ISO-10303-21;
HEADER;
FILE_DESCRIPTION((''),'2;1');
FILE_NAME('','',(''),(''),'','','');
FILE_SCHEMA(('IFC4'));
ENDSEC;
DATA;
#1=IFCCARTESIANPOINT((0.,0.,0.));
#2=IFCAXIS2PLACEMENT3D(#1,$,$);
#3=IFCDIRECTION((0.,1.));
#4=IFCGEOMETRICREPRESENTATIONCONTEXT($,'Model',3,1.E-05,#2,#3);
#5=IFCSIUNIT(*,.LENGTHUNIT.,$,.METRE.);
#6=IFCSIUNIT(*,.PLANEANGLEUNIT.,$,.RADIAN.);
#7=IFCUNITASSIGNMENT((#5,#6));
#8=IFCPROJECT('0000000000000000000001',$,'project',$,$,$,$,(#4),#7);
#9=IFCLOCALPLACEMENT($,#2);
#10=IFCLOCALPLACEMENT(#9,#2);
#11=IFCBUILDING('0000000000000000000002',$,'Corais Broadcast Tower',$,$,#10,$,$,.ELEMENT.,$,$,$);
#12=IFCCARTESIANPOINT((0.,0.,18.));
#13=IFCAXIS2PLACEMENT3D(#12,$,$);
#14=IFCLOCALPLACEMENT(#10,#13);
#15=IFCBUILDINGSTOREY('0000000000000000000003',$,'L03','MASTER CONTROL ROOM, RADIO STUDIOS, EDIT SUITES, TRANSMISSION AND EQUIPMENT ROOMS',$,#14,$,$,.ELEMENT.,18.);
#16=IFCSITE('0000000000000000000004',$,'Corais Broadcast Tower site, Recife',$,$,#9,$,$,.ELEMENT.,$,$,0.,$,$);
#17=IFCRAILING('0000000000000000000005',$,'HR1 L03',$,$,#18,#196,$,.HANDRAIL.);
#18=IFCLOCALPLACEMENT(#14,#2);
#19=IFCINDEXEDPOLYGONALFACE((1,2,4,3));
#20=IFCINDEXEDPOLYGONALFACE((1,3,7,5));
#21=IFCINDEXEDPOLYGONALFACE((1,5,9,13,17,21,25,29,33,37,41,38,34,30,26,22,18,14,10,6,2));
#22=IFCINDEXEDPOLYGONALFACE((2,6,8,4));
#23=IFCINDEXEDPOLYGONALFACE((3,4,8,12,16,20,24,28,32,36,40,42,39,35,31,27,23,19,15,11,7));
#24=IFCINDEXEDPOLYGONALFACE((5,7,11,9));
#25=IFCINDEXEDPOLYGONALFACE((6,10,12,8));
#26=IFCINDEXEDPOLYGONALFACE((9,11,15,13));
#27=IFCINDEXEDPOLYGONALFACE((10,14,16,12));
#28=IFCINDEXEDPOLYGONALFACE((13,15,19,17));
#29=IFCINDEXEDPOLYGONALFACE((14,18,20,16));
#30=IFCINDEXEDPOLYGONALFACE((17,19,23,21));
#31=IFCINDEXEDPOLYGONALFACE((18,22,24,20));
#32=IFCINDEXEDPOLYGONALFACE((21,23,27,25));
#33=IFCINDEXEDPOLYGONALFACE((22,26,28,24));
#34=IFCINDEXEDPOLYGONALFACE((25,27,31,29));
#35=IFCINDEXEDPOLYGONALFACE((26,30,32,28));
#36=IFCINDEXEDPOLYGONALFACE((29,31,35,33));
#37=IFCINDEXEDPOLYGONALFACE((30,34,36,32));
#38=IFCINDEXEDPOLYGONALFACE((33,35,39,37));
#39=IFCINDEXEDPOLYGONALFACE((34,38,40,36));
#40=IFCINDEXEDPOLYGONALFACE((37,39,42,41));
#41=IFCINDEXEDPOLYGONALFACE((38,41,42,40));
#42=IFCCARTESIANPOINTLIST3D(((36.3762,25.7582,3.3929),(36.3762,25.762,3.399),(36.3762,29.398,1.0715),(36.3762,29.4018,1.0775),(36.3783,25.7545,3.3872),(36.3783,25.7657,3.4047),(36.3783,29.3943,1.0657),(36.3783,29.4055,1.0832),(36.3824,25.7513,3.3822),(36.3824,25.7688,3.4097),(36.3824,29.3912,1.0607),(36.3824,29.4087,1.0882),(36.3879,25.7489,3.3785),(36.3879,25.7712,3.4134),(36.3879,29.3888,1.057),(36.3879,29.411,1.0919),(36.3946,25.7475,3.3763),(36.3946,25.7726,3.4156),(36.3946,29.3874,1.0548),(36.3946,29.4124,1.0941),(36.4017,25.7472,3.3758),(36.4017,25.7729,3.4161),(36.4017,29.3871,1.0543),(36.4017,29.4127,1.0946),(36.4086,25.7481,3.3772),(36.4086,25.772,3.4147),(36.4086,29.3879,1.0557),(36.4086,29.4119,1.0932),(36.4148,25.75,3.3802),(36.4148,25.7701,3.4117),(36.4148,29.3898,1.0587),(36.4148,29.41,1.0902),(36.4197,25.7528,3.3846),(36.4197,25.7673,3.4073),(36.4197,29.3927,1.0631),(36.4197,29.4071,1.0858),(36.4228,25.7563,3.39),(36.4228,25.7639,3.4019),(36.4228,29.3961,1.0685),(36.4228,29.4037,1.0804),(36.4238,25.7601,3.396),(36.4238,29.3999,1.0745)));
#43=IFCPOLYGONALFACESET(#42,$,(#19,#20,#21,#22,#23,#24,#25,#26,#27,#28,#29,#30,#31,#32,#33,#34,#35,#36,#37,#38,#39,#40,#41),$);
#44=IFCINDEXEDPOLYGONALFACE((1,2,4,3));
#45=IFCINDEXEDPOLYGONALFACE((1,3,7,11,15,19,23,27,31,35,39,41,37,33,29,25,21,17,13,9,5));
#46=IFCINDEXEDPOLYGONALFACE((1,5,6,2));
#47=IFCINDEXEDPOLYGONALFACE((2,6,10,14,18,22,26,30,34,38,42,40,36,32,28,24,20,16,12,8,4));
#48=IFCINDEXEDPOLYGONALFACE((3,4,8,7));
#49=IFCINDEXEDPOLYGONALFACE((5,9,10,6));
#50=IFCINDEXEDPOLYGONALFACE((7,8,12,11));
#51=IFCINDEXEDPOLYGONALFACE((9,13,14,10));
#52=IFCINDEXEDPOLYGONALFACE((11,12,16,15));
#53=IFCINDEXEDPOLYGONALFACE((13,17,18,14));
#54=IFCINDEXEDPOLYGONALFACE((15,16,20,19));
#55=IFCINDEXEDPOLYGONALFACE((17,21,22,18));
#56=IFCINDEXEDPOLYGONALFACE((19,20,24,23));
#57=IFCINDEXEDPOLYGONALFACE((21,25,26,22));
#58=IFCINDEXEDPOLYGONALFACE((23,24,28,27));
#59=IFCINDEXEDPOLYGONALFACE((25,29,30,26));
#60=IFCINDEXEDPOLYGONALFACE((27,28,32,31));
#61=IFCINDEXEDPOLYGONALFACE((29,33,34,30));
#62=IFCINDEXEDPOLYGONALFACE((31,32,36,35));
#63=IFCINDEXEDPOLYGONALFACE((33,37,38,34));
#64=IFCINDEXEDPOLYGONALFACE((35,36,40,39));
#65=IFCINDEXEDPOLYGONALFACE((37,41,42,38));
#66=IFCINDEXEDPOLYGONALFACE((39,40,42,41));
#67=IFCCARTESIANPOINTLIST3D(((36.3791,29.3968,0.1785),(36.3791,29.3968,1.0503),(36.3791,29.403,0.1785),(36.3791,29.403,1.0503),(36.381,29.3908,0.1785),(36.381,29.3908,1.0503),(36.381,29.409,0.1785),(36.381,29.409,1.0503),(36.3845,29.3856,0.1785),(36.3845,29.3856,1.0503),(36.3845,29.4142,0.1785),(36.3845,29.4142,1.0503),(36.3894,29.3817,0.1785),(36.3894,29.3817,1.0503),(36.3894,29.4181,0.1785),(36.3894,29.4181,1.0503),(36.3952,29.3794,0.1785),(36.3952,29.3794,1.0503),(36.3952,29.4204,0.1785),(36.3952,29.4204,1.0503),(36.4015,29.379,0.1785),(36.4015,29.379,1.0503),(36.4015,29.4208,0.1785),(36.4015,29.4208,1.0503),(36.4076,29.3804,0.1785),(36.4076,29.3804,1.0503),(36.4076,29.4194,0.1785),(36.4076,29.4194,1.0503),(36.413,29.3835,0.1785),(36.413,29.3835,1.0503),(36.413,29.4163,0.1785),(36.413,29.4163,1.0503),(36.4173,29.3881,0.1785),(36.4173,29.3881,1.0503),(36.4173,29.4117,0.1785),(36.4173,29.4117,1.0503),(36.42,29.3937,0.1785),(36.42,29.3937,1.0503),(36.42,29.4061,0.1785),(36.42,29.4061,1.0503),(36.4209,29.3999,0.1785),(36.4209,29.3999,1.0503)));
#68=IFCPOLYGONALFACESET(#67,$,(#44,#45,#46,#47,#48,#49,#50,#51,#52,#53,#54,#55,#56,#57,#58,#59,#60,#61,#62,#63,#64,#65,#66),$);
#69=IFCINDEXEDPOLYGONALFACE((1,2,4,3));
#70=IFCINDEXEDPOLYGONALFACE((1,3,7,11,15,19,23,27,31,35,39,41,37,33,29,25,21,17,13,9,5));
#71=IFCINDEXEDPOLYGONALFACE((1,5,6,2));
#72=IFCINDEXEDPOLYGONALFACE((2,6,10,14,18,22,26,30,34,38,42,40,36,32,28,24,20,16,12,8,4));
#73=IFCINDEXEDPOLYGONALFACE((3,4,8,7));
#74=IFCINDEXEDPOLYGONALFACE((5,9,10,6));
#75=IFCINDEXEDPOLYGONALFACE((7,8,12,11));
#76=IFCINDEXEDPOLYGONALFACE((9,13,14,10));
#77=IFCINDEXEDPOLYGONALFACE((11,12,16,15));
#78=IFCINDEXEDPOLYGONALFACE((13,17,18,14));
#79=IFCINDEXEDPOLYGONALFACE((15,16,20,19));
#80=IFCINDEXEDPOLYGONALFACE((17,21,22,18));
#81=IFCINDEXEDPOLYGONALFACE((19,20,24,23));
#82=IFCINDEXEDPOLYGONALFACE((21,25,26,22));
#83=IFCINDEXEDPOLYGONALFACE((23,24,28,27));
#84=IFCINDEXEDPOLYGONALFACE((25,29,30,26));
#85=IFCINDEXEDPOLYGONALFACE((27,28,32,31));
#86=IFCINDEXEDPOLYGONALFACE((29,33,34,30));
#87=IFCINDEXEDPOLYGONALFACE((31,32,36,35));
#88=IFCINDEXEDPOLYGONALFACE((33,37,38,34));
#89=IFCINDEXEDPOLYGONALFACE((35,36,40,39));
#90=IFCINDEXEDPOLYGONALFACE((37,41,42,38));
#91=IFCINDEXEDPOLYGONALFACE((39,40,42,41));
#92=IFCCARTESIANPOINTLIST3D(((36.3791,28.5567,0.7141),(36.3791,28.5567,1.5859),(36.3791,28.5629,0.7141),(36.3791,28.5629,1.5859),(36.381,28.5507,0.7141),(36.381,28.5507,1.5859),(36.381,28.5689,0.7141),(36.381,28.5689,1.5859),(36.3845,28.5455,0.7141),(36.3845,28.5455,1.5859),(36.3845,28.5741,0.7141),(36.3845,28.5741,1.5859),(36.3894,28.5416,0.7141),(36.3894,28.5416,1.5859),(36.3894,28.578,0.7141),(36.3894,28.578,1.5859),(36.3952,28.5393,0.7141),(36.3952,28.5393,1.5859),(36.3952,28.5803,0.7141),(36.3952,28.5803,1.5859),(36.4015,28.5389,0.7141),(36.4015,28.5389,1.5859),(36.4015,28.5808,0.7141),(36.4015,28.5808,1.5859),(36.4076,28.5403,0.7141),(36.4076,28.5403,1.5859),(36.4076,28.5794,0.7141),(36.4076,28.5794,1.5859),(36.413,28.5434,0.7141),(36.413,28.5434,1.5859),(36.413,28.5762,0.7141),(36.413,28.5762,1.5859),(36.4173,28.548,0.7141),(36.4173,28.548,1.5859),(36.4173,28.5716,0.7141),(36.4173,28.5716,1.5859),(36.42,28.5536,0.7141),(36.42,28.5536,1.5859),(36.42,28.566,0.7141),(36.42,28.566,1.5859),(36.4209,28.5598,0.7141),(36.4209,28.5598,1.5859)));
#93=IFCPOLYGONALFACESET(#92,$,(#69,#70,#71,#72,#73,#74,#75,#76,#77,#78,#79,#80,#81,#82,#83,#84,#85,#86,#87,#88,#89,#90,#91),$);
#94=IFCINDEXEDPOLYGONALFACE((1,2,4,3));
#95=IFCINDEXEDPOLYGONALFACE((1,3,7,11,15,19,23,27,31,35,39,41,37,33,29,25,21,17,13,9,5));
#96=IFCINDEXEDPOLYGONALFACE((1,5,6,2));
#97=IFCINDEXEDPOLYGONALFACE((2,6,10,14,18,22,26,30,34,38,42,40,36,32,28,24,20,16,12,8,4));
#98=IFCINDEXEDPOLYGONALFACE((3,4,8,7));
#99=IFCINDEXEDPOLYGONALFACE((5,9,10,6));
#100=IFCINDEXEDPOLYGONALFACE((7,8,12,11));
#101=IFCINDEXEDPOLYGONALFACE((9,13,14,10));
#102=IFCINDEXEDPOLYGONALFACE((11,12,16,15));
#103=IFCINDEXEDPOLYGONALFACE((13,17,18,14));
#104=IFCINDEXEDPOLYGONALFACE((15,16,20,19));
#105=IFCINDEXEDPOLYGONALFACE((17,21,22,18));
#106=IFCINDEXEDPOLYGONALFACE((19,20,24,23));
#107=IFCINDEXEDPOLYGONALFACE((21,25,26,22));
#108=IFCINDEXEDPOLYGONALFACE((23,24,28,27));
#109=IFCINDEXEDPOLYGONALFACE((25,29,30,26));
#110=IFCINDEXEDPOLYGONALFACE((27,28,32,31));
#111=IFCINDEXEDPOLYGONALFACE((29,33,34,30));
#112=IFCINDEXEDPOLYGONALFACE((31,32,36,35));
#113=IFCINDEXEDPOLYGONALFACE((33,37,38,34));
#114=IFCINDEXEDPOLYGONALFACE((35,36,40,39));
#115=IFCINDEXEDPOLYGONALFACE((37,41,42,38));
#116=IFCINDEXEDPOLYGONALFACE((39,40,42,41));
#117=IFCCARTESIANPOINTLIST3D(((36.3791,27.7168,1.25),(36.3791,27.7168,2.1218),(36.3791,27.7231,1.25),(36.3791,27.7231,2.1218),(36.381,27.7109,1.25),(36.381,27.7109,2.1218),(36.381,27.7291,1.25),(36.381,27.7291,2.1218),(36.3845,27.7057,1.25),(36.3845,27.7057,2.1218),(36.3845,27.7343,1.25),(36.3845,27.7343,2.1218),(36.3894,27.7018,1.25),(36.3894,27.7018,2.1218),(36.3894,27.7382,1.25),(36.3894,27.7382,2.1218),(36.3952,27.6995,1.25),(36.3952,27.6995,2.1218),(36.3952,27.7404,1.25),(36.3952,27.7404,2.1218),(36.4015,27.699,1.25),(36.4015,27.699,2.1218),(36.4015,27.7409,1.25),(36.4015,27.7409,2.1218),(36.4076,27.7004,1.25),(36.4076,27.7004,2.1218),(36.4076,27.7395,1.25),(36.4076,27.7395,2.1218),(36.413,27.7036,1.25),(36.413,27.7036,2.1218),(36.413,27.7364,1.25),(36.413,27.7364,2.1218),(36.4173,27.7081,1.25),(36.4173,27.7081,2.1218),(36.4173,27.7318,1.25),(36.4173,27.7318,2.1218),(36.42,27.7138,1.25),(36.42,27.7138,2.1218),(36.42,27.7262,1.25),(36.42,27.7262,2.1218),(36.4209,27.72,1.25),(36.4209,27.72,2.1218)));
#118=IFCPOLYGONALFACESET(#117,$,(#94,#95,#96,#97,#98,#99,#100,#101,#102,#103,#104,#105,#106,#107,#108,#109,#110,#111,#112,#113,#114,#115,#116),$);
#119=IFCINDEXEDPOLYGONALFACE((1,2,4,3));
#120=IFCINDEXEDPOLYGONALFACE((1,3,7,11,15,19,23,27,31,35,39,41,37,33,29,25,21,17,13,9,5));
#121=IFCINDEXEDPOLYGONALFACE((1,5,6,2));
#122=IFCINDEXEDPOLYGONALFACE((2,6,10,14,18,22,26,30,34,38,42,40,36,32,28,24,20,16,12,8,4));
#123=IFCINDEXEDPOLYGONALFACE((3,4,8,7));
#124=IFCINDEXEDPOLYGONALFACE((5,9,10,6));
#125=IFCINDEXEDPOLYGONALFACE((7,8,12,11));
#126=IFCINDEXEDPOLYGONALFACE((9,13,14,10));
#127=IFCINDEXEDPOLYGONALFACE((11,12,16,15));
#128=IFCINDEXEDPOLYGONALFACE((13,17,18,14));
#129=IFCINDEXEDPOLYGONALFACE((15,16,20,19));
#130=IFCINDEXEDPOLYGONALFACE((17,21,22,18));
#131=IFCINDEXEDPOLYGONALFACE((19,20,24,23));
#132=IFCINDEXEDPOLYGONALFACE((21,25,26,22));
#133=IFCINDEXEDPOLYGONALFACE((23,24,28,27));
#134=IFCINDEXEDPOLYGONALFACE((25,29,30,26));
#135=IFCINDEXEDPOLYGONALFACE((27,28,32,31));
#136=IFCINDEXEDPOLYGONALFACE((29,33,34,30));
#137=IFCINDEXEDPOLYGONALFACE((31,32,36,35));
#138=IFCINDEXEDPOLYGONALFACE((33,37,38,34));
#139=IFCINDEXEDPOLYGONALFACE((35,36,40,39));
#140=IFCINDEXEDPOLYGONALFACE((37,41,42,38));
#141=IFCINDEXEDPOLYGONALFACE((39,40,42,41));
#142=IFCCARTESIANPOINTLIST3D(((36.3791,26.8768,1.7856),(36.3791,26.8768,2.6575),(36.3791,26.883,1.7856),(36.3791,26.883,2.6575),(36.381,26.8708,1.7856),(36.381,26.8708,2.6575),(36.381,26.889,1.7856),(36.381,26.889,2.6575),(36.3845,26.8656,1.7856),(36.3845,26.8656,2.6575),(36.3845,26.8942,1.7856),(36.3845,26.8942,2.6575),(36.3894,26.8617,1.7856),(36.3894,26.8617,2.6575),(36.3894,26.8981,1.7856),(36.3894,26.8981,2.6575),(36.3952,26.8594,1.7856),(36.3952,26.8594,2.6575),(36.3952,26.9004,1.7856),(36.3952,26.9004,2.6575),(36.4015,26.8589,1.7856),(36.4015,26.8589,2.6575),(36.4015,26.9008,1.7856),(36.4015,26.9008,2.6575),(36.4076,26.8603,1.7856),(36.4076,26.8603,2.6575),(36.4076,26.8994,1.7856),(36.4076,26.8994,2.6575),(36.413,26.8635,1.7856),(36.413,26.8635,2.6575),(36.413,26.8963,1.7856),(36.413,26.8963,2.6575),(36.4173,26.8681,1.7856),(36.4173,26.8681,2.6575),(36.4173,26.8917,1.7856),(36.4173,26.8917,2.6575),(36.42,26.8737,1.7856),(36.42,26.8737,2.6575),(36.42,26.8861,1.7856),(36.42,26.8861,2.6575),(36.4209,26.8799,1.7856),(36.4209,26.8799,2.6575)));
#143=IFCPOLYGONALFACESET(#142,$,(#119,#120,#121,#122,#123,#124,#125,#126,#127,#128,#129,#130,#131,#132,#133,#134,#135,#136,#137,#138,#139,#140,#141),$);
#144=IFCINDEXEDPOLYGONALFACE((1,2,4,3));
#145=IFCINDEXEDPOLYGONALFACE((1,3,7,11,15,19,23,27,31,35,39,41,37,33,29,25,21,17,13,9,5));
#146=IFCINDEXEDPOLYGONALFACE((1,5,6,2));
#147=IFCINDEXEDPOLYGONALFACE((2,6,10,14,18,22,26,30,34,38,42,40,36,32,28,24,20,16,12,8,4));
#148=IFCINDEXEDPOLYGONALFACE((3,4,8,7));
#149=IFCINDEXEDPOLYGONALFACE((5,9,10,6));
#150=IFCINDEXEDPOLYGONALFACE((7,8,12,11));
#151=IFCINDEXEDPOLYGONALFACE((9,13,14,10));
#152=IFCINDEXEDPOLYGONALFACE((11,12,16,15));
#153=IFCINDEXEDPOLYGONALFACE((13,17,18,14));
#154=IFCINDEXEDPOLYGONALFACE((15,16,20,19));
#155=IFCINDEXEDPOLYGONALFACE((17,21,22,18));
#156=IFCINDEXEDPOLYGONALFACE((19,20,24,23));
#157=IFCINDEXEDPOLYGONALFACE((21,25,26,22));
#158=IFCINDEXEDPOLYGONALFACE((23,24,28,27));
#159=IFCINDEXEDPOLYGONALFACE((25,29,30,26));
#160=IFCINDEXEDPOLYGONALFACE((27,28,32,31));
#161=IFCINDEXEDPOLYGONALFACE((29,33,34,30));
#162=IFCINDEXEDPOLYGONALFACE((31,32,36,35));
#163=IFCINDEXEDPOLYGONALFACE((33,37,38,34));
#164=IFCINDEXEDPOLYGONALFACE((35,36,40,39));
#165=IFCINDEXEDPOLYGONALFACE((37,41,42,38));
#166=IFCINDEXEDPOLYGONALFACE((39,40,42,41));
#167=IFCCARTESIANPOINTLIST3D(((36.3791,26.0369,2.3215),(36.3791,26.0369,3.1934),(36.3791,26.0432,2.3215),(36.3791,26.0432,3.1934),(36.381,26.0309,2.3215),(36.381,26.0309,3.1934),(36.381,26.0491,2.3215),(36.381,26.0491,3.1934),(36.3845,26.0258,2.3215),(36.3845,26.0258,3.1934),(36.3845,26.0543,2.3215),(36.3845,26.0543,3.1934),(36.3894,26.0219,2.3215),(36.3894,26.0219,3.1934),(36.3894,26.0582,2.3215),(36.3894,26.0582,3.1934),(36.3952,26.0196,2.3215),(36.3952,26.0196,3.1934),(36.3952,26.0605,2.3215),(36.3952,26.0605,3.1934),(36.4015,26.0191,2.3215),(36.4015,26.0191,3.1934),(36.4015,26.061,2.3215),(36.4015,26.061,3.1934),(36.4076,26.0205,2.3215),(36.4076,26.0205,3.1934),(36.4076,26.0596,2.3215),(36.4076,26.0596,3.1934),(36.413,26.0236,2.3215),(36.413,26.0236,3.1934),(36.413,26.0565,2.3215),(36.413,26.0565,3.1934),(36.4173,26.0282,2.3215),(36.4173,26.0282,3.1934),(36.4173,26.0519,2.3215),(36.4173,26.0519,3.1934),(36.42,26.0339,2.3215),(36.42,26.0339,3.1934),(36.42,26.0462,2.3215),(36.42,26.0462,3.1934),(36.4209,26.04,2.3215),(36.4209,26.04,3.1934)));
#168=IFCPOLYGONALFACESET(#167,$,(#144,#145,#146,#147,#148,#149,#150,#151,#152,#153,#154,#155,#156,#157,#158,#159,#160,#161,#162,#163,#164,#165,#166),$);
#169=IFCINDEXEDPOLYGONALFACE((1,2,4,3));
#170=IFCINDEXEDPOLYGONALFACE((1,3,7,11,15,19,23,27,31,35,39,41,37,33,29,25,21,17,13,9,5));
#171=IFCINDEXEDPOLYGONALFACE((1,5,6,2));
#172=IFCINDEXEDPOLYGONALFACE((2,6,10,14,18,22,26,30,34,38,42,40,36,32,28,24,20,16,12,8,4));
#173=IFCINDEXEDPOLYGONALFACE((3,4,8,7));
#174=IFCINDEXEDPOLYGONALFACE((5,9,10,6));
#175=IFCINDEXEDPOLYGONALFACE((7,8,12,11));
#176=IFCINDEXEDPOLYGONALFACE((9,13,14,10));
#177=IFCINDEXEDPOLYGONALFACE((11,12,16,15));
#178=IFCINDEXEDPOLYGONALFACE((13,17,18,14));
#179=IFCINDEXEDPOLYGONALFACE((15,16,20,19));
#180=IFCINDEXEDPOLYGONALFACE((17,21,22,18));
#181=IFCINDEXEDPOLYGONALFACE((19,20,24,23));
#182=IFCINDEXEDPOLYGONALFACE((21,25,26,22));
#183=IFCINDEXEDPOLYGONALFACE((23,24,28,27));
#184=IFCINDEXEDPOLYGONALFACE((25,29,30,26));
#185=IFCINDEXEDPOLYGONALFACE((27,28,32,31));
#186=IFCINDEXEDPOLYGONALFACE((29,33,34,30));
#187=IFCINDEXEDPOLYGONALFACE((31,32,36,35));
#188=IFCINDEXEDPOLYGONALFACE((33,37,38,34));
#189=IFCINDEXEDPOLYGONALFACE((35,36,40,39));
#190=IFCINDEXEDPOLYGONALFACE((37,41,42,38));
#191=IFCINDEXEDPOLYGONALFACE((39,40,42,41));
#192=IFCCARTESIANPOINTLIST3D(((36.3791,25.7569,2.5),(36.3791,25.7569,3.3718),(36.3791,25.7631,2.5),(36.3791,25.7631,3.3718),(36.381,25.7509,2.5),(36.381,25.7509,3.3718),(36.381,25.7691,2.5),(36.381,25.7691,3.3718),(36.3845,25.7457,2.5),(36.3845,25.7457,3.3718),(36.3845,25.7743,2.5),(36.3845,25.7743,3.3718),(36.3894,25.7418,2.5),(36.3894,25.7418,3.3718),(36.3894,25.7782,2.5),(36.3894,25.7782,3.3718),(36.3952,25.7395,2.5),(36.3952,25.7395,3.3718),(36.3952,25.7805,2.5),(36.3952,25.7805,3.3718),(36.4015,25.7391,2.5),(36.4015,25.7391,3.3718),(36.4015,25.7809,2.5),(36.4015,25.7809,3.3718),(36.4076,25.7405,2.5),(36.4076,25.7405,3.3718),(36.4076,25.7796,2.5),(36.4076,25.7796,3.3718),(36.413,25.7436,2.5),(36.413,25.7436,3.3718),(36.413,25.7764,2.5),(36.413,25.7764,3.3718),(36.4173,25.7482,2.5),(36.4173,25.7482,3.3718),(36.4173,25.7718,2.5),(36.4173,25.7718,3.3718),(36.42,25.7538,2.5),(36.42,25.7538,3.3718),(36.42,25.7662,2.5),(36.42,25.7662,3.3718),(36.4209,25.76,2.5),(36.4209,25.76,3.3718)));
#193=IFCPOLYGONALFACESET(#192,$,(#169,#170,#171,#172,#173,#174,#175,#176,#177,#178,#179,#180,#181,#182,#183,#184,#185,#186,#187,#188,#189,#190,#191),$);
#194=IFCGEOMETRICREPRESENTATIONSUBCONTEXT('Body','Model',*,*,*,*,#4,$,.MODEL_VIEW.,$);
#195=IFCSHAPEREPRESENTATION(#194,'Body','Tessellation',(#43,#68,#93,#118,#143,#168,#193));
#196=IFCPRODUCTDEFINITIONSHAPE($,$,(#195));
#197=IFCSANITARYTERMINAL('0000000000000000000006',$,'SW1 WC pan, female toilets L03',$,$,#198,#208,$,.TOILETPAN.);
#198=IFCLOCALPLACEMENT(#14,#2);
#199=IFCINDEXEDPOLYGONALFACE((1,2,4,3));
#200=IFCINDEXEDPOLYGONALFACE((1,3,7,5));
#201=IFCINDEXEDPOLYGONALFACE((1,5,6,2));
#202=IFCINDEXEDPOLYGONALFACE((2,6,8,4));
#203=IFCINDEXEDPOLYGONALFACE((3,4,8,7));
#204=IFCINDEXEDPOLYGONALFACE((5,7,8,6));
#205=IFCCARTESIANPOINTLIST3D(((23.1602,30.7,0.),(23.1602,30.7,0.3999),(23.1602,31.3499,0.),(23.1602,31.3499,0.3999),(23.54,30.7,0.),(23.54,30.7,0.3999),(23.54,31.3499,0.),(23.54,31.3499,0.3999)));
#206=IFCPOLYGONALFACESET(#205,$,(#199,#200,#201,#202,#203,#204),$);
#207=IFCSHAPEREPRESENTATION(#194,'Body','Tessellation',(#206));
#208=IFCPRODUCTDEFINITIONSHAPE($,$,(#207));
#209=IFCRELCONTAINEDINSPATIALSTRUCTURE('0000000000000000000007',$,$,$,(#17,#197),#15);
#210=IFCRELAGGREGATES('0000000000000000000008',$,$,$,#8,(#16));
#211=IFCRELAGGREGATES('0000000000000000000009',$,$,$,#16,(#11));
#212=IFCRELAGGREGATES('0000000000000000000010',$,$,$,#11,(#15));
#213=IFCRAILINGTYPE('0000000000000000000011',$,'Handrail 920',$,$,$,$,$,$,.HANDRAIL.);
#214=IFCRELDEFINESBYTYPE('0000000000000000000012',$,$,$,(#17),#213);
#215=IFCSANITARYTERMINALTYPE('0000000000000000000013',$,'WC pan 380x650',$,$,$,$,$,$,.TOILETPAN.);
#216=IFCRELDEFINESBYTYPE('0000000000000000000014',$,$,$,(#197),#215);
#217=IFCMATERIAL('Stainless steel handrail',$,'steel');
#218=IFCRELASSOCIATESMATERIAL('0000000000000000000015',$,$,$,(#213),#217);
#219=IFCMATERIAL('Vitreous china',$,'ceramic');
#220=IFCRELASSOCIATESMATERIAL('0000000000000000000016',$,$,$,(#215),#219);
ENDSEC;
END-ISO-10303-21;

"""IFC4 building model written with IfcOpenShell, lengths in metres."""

from ifc_helpers import new_model, si_unit, direction, frame, origin, origin_2d, place, context, subcontext, project, spatial, rectangle, circle, extrude, material, type_object, element, save


model = new_model("IFC4")

# Units and contexts
model_context = context("Model", 3, precision=1e-05, world=origin(), true_north=direction((0.0, 1.0)))
body_context = subcontext(model_context, "Body", "Model", "MODEL_VIEW")
ifc_project = project(units=[si_unit("LENGTHUNIT", "METRE"), si_unit("PLANEANGLEUNIT", "RADIAN")], contexts=[model_context])

# Site, building, storey
site_placement = place(None, origin())
site = spatial("IfcSite", under=ifc_project, at=site_placement, Name="Corais Broadcast Tower site, Recife", CompositionType="ELEMENT", RefElevation=0.0)
building_placement = place(site_placement, origin())
building = spatial("IfcBuilding", under=site, at=building_placement, Name="Corais Broadcast Tower", CompositionType="ELEMENT")
storey_placement = place(building_placement, frame((0.0, 0.0, 18.0)))
storey = spatial("IfcBuildingStorey", under=building, at=storey_placement, Name="L03", Description="MASTER CONTROL ROOM, RADIO STUDIOS, EDIT SUITES, TRANSMISSION AND EQUIPMENT ROOMS", CompositionType="ELEMENT", Elevation=18.0)

# Railing
ifc_material_1 = material(Name="Stainless steel handrail", Category="steel")
railing_type = type_object("IfcRailingType", Name="Handrail 920", PredefinedType="HANDRAIL", material=ifc_material_1)
railing_placement = place(storey_placement, frame((36.3999, 29.3999, 0.1785)))
element("IfcRailing", 1, at=railing_placement, inside=storey, type_object=railing_type, Name="HR1 L03", PredefinedType="HANDRAIL", context=body_context, shape_type="SweptSolid", body=[
    extrude(circle(Radius=0.0239, at=origin_2d()), frame((0.0, 0.0, 0.896), z_axis=(0.0, -0.843112, 0.537739), x_axis=(1.0, 0.0, 0.0)), (0.0, 0.0, 1.0), 4.3171),
    extrude(circle(Radius=0.021, at=origin_2d()), origin(), (0.0, 0.0, 1.0), 0.8718),
    extrude(circle(Radius=0.021, at=origin_2d()), frame((0.0, -0.8401, 0.5356)), (0.0, 0.0, 1.0), 0.8718),
    extrude(circle(Radius=0.021, at=origin_2d()), frame((0.0, -1.6799, 1.0715)), (0.0, 0.0, 1.0), 0.8718),
    extrude(circle(Radius=0.021, at=origin_2d()), frame((0.0, -2.52, 1.6072)), (0.0, 0.0, 1.0), 0.8718),
    extrude(circle(Radius=0.021, at=origin_2d()), frame((0.0, -3.3599, 2.1431)), (0.0, 0.0, 1.0), 0.8718),
    extrude(circle(Radius=0.021, at=origin_2d()), frame((0.0, -3.6399, 2.3215)), (0.0, 0.0, 1.0), 0.8718),
])

# Sanitary terminal
ifc_material_2 = material(Name="Vitreous china", Category="ceramic")
sanitary_terminal_type = type_object("IfcSanitaryTerminalType", Name="WC pan 380x650", PredefinedType="TOILETPAN", material=ifc_material_2)
for number, where, z_axis, x_axis, name in (
    (2, (23.3501, 31.0249, 0.0), (0.0, 0.0, 1.0), (1.0, 0.0, 0.0), "SW1 WC pan, female toilets L03"),
):
    element("IfcSanitaryTerminal", number, at=place(storey_placement, frame(where, z_axis=z_axis, x_axis=x_axis)), inside=storey, type_object=sanitary_terminal_type, Name=name, PredefinedType="TOILETPAN", context=body_context, shape_type="SweptSolid", body=[
        extrude(rectangle(XDim=0.3799, YDim=0.6499, at=origin_2d()), origin(), (0.0, 0.0, 1.0), 0.3999),
    ])

save(model, "model.ifc")
